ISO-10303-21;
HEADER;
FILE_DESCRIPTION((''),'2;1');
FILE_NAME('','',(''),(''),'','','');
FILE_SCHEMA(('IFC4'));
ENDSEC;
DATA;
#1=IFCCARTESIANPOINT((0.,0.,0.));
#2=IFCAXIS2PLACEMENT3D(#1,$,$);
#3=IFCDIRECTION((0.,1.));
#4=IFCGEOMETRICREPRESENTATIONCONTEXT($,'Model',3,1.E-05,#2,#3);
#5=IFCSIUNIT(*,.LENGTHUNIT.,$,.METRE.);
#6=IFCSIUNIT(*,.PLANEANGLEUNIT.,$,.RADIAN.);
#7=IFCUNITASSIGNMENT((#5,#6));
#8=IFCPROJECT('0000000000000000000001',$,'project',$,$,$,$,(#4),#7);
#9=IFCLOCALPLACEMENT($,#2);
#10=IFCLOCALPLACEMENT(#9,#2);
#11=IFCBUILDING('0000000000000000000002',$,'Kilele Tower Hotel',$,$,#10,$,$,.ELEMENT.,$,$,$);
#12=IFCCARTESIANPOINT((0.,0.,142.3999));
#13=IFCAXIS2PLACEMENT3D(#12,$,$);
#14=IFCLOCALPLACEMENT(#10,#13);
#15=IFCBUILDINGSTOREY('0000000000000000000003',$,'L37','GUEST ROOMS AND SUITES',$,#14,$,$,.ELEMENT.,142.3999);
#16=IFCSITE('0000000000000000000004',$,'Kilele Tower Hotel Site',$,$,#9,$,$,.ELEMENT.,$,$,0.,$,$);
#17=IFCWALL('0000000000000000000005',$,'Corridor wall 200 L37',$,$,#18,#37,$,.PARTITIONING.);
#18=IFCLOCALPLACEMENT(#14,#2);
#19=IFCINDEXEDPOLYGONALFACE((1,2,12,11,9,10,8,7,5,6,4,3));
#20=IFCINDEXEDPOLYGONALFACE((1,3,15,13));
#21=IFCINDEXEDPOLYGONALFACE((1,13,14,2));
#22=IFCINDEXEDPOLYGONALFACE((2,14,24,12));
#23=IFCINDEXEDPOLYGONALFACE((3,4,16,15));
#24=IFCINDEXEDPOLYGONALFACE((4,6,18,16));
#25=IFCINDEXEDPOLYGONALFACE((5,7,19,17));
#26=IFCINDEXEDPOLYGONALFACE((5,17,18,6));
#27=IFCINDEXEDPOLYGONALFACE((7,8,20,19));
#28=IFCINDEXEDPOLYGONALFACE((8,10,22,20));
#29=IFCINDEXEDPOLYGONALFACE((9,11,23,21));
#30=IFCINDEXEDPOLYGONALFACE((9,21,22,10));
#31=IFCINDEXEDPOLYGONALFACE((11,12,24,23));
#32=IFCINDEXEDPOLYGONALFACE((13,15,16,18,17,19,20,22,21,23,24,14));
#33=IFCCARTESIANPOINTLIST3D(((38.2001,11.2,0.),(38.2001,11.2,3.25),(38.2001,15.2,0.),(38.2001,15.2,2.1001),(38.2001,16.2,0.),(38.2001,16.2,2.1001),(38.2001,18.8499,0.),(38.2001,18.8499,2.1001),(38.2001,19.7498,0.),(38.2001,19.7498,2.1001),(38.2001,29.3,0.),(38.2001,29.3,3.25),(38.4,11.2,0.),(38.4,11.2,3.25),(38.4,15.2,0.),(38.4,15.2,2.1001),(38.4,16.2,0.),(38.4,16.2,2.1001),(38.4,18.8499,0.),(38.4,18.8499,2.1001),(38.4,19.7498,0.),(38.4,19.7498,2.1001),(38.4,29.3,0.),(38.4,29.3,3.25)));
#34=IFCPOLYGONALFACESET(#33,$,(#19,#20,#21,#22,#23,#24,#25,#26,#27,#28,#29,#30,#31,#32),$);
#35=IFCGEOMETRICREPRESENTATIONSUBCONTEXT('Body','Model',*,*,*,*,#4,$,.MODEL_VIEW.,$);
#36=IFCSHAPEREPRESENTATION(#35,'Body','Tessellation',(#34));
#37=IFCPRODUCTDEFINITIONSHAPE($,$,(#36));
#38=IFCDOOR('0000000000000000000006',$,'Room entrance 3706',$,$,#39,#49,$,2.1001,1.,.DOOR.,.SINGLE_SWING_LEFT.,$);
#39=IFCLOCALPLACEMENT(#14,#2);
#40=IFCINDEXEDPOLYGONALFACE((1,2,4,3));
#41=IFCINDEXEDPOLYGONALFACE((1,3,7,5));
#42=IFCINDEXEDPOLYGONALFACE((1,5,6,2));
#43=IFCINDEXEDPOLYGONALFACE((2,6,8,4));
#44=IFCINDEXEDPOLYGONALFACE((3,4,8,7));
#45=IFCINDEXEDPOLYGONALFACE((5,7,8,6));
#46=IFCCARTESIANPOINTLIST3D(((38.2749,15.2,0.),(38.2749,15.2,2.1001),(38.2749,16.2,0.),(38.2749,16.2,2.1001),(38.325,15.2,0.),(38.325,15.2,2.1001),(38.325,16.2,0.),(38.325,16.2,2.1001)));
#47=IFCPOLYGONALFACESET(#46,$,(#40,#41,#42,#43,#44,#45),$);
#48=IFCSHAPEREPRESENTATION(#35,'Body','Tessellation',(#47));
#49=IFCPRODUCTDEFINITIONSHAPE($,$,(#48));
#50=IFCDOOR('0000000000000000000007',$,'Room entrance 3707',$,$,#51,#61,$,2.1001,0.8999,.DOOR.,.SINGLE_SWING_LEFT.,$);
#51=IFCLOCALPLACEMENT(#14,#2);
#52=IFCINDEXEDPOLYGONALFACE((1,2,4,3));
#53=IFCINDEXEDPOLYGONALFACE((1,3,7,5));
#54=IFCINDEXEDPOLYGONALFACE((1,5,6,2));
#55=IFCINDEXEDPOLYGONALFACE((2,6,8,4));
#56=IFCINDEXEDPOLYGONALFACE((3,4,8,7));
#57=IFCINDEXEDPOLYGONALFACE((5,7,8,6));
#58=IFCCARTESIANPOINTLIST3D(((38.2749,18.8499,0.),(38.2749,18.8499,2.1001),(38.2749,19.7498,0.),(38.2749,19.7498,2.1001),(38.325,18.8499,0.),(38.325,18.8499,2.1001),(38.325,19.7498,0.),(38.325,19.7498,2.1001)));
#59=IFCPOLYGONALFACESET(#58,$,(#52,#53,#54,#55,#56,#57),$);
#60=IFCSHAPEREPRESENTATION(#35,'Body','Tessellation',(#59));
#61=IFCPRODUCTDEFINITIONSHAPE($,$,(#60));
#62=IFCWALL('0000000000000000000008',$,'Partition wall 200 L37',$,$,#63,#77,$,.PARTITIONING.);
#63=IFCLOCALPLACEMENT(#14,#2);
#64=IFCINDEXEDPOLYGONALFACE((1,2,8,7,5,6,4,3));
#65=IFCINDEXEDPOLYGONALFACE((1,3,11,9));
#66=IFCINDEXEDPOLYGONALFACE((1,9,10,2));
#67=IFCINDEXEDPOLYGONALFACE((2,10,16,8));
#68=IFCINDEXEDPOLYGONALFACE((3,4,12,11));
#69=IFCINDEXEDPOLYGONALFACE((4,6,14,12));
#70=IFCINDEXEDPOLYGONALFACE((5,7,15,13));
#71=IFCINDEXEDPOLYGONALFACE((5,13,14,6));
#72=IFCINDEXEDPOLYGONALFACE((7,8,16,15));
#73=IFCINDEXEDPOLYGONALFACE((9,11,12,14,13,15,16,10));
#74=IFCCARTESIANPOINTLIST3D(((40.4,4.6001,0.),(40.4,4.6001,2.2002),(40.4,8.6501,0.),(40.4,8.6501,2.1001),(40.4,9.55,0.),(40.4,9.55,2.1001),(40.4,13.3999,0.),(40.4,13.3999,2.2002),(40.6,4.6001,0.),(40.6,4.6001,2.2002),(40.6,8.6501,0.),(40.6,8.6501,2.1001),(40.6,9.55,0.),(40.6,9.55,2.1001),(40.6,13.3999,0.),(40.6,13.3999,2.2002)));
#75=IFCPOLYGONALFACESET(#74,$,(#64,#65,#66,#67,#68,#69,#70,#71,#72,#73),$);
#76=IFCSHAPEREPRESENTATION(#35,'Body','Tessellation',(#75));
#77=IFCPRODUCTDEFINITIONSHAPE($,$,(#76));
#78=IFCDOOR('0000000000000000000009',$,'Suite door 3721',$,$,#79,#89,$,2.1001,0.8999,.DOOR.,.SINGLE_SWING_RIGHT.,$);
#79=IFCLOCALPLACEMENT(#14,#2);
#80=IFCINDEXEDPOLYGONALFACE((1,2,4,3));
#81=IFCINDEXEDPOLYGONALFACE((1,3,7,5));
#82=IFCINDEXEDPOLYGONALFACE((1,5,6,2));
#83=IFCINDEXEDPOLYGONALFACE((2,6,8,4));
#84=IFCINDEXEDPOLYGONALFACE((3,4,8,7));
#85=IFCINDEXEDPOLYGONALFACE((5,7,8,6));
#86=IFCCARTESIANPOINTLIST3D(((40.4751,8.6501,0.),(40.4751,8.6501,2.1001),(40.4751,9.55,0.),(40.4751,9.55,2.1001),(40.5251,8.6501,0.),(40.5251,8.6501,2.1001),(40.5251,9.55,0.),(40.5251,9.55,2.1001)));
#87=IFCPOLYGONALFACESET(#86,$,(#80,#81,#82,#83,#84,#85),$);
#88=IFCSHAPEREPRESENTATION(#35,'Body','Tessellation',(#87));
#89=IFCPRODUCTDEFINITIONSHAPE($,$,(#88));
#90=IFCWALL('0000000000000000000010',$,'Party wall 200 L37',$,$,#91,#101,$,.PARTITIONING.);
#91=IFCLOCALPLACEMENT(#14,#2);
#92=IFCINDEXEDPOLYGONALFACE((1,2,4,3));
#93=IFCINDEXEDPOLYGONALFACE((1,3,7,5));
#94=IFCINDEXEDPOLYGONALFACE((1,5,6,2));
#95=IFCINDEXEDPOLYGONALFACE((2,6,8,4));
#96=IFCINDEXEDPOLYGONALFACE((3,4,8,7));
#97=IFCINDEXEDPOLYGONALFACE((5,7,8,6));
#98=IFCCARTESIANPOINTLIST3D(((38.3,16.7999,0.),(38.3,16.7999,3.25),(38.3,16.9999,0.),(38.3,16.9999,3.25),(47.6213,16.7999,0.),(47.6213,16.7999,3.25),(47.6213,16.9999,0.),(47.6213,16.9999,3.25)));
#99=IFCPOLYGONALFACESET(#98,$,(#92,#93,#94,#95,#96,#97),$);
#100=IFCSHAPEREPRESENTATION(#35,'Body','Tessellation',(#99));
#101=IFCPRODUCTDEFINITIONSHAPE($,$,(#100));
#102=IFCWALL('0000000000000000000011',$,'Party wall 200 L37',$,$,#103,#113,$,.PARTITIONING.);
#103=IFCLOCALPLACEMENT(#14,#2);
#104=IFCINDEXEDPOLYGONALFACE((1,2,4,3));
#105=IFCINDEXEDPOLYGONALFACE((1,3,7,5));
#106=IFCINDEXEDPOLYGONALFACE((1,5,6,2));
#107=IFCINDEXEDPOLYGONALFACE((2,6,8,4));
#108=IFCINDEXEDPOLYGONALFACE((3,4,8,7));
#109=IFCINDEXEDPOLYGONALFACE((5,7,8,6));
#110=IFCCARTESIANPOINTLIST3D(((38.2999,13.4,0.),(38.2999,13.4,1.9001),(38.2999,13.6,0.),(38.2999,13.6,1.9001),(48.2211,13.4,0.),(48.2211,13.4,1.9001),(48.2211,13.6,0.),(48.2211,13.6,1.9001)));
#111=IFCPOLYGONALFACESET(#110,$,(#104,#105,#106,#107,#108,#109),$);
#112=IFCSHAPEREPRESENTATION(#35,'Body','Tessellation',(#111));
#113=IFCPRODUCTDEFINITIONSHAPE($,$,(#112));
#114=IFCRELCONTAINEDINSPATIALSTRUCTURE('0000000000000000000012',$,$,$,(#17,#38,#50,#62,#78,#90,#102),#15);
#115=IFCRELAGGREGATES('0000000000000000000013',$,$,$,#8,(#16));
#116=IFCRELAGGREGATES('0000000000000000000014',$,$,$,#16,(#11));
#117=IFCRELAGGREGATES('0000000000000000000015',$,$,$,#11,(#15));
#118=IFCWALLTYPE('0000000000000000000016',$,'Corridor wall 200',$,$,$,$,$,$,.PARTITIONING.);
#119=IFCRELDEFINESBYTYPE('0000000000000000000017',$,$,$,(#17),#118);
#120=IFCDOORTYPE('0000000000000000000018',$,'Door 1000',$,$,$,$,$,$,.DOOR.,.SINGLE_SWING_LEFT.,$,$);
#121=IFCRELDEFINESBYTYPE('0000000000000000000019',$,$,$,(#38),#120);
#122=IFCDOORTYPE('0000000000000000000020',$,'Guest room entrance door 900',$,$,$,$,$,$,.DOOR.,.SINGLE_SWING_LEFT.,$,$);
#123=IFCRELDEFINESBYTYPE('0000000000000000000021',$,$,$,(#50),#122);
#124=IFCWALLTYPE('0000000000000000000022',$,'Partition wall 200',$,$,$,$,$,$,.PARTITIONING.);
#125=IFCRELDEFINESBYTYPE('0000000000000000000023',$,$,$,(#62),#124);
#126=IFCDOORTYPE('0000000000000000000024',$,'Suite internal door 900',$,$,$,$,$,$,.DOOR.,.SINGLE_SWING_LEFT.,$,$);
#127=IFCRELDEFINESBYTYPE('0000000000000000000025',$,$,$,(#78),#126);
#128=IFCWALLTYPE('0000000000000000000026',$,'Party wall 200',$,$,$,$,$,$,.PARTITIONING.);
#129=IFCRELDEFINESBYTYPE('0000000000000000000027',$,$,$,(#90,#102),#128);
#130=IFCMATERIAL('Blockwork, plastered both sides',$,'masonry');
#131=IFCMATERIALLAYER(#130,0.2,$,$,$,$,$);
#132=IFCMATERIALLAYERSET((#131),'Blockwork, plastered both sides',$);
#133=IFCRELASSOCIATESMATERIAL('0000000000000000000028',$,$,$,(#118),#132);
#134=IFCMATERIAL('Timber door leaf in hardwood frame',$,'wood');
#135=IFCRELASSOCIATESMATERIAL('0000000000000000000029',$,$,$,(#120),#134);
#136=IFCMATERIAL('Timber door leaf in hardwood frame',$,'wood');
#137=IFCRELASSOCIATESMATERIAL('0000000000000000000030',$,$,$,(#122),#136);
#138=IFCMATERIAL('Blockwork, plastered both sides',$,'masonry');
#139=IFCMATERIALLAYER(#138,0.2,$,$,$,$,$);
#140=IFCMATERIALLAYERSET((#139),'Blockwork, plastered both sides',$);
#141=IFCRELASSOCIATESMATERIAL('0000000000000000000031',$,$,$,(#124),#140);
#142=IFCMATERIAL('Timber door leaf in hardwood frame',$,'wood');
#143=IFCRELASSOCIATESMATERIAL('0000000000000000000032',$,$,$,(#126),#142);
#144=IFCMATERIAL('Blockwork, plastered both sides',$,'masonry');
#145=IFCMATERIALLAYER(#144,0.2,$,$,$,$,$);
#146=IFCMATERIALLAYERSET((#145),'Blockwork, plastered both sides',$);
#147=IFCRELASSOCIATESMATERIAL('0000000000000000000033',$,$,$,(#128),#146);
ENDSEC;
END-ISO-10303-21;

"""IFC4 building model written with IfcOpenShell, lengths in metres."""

from ifc_helpers import new_model, si_unit, direction, frame, frame_2d, origin, place, context, subcontext, project, spatial, rectangle, extrude, material, layer, layer_set, type_object, element, fill, save


model = new_model("IFC4")

# Units and contexts
model_context = context("Model", 3, precision=1e-05, world=origin(), true_north=direction((0.0, 1.0)))
body_context = subcontext(model_context, "Body", "Model", "MODEL_VIEW")
ifc_project = project(units=[si_unit("LENGTHUNIT", "METRE"), si_unit("PLANEANGLEUNIT", "RADIAN")], contexts=[model_context])

# Site, building, storey
site_placement = place(None, origin())
site = spatial("IfcSite", under=ifc_project, at=site_placement, Name="Kilele Tower Hotel Site", CompositionType="ELEMENT", RefElevation=0.0)
building_placement = place(site_placement, origin())
building = spatial("IfcBuilding", under=site, at=building_placement, Name="Kilele Tower Hotel", CompositionType="ELEMENT")
storey_placement = place(building_placement, frame((0.0, 0.0, 142.3999)))
storey = spatial("IfcBuildingStorey", under=building, at=storey_placement, Name="L37", Description="GUEST ROOMS AND SUITES", CompositionType="ELEMENT", Elevation=142.3999)

# Wall, openings, doors
ifc_material_1 = material(Name="Blockwork, plastered both sides", Category="masonry")
ifc_layer_1 = layer(ifc_material_1, 0.2)
ifc_layer_set_1 = layer_set([ifc_layer_1], Name="Blockwork, plastered both sides")
wall_type_1 = type_object("IfcWallType", Name="Corridor wall 200", PredefinedType="PARTITIONING", material=ifc_layer_set_1)
wall_1_placement = place(storey_placement, frame((38.3, 11.2, 0.0), z_axis=(0.0, 0.0, 1.0), x_axis=(0.0, 1.0, 0.0)))
wall_1 = element("IfcWall", 1, at=wall_1_placement, inside=storey, type_object=wall_type_1, Name="Corridor wall 200 L37", PredefinedType="PARTITIONING", context=body_context, shape_type="SweptSolid", body=[
    extrude(rectangle(XDim=18.1001, YDim=0.2, at=frame_2d((9.05, 0.0))), origin(), (0.0, 0.0, 1.0), 3.25),
])
opening_1_placement = place(wall_1_placement, frame((5.0, 0.0, 0.0), z_axis=(0.0, 0.0, 1.0), x_axis=(-1.0, 0.0, 0.0)))
opening_1 = element("IfcOpeningElement", 2, at=opening_1_placement, cuts=wall_1, PredefinedType="OPENING", context=body_context, shape_type="SweptSolid", body=[
    extrude(rectangle(XDim=1.0, YDim=2.1001, at=frame_2d((0.5, 1.05))), frame((0.0, 0.1099, 0.0), z_axis=(0.0, -1.0, 0.0), x_axis=(1.0, 0.0, 0.0)), (0.0, 0.0, 1.0), 0.22),
])
opening_2_placement = place(wall_1_placement, frame((8.5498, 0.0, 0.0), z_axis=(0.0, 0.0, 1.0), x_axis=(-1.0, 0.0, 0.0)))
opening_2 = element("IfcOpeningElement", 3, at=opening_2_placement, cuts=wall_1, PredefinedType="OPENING", context=body_context, shape_type="SweptSolid", body=[
    extrude(rectangle(XDim=0.8999, YDim=2.1001, at=frame_2d((0.45, 1.05))), frame((0.0, 0.1099, 0.0), z_axis=(0.0, -1.0, 0.0), x_axis=(1.0, 0.0, 0.0)), (0.0, 0.0, 1.0), 0.22),
])
ifc_material_2 = material(Name="Timber door leaf in hardwood frame", Category="wood")
door_type_1 = type_object("IfcDoorType", Name="Door 1000", OperationType="SINGLE_SWING_LEFT", PredefinedType="DOOR", material=ifc_material_2)
door_1_placement = place(opening_1_placement, origin())
door_1 = element("IfcDoor", 4, at=door_1_placement, inside=storey, type_object=door_type_1, Name="Room entrance 3706", OperationType="SINGLE_SWING_LEFT", OverallHeight=2.1001, OverallWidth=1.0, PredefinedType="DOOR", context=body_context, shape_type="SweptSolid", body=[
    extrude(rectangle(XDim=1.0, YDim=2.1001, at=frame_2d((0.5, 1.05))), frame((0.0, 0.0249, 0.0), z_axis=(0.0, -1.0, 0.0), x_axis=(1.0, 0.0, 0.0)), (0.0, 0.0, 1.0), 0.05),
])
fill(opening_1, door_1)
ifc_material_3 = material(Name="Timber door leaf in hardwood frame", Category="wood")
door_type_2 = type_object("IfcDoorType", Name="Guest room entrance door 900", OperationType="SINGLE_SWING_LEFT", PredefinedType="DOOR", material=ifc_material_3)
door_2_placement = place(opening_2_placement, origin())
door_2 = element("IfcDoor", 5, at=door_2_placement, inside=storey, type_object=door_type_2, Name="Room entrance 3707", OperationType="SINGLE_SWING_LEFT", OverallHeight=2.1001, OverallWidth=0.8999, PredefinedType="DOOR", context=body_context, shape_type="SweptSolid", body=[
    extrude(rectangle(XDim=0.8999, YDim=2.1001, at=frame_2d((0.45, 1.05))), frame((0.0, 0.0249, 0.0), z_axis=(0.0, -1.0, 0.0), x_axis=(1.0, 0.0, 0.0)), (0.0, 0.0, 1.0), 0.05),
])
fill(opening_2, door_2)

# Wall, opening, door
ifc_material_4 = material(Name="Blockwork, plastered both sides", Category="masonry")
ifc_layer_2 = layer(ifc_material_4, 0.2)
ifc_layer_set_2 = layer_set([ifc_layer_2], Name="Blockwork, plastered both sides")
wall_type_2 = type_object("IfcWallType", Name="Partition wall 200", PredefinedType="PARTITIONING", material=ifc_layer_set_2)
wall_2_placement = place(storey_placement, frame((40.5, 4.6001, 0.0), z_axis=(0.0, 0.0, 1.0), x_axis=(0.0, 1.0, 0.0)))
wall_2 = element("IfcWall", 6, at=wall_2_placement, inside=storey, type_object=wall_type_2, Name="Partition wall 200 L37", PredefinedType="PARTITIONING", context=body_context, shape_type="SweptSolid", body=[
    extrude(rectangle(XDim=8.7998, YDim=0.2, at=frame_2d((4.3999, 0.0))), origin(), (0.0, 0.0, 1.0), 2.2002),
])
opening_3_placement = place(wall_2_placement, frame((4.05, 0.0, 0.0)))
opening_3 = element("IfcOpeningElement", 7, at=opening_3_placement, cuts=wall_2, PredefinedType="OPENING", context=body_context, shape_type="SweptSolid", body=[
    extrude(rectangle(XDim=0.8999, YDim=2.1001, at=frame_2d((0.45, 1.05))), frame((0.0, 0.1099, 0.0), z_axis=(0.0, -1.0, 0.0), x_axis=(1.0, 0.0, 0.0)), (0.0, 0.0, 1.0), 0.22),
])
ifc_material_5 = material(Name="Timber door leaf in hardwood frame", Category="wood")
door_type_3 = type_object("IfcDoorType", Name="Suite internal door 900", OperationType="SINGLE_SWING_LEFT", PredefinedType="DOOR", material=ifc_material_5)
door_3_placement = place(opening_3_placement, origin())
door_3 = element("IfcDoor", 8, at=door_3_placement, inside=storey, type_object=door_type_3, Name="Suite door 3721", OperationType="SINGLE_SWING_RIGHT", OverallHeight=2.1001, OverallWidth=0.8999, PredefinedType="DOOR", context=body_context, shape_type="SweptSolid", body=[
    extrude(rectangle(XDim=0.8999, YDim=2.1001, at=frame_2d((0.45, 1.05))), frame((0.0, 0.0249, 0.0), z_axis=(0.0, -1.0, 0.0), x_axis=(1.0, 0.0, 0.0)), (0.0, 0.0, 1.0), 0.05),
])
fill(opening_3, door_3)

# Walls
ifc_material_6 = material(Name="Blockwork, plastered both sides", Category="masonry")
ifc_layer_3 = layer(ifc_material_6, 0.2)
ifc_layer_set_3 = layer_set([ifc_layer_3], Name="Blockwork, plastered both sides")
wall_type_3 = type_object("IfcWallType", Name="Party wall 200", PredefinedType="PARTITIONING", material=ifc_layer_set_3)
wall_3_placement = place(storey_placement, frame((38.3, 16.8999, 0.0), z_axis=(0.0, 0.0, 1.0), x_axis=(1.0, 0.0, 0.0)))
element("IfcWall", 9, at=wall_3_placement, inside=storey, type_object=wall_type_3, Name="Party wall 200 L37", PredefinedType="PARTITIONING", context=body_context, shape_type="SweptSolid", body=[
    extrude(rectangle(XDim=9.3213, YDim=0.2, at=frame_2d((4.6606, 0.0))), origin(), (0.0, 0.0, 1.0), 3.25),
])
wall_4_placement = place(storey_placement, frame((38.3, 13.5, 0.0), z_axis=(0.0, 0.0, 1.0), x_axis=(1.0, 0.0, 0.0)))
element("IfcWall", 10, at=wall_4_placement, inside=storey, type_object=wall_type_3, Name="Party wall 200 L37", PredefinedType="PARTITIONING", context=body_context, shape_type="SweptSolid", body=[
    extrude(rectangle(XDim=9.9211, YDim=0.2, at=frame_2d((4.9604, 0.0))), origin(), (0.0, 0.0, 1.0), 1.9001),
])

save(model, "model.ifc")
